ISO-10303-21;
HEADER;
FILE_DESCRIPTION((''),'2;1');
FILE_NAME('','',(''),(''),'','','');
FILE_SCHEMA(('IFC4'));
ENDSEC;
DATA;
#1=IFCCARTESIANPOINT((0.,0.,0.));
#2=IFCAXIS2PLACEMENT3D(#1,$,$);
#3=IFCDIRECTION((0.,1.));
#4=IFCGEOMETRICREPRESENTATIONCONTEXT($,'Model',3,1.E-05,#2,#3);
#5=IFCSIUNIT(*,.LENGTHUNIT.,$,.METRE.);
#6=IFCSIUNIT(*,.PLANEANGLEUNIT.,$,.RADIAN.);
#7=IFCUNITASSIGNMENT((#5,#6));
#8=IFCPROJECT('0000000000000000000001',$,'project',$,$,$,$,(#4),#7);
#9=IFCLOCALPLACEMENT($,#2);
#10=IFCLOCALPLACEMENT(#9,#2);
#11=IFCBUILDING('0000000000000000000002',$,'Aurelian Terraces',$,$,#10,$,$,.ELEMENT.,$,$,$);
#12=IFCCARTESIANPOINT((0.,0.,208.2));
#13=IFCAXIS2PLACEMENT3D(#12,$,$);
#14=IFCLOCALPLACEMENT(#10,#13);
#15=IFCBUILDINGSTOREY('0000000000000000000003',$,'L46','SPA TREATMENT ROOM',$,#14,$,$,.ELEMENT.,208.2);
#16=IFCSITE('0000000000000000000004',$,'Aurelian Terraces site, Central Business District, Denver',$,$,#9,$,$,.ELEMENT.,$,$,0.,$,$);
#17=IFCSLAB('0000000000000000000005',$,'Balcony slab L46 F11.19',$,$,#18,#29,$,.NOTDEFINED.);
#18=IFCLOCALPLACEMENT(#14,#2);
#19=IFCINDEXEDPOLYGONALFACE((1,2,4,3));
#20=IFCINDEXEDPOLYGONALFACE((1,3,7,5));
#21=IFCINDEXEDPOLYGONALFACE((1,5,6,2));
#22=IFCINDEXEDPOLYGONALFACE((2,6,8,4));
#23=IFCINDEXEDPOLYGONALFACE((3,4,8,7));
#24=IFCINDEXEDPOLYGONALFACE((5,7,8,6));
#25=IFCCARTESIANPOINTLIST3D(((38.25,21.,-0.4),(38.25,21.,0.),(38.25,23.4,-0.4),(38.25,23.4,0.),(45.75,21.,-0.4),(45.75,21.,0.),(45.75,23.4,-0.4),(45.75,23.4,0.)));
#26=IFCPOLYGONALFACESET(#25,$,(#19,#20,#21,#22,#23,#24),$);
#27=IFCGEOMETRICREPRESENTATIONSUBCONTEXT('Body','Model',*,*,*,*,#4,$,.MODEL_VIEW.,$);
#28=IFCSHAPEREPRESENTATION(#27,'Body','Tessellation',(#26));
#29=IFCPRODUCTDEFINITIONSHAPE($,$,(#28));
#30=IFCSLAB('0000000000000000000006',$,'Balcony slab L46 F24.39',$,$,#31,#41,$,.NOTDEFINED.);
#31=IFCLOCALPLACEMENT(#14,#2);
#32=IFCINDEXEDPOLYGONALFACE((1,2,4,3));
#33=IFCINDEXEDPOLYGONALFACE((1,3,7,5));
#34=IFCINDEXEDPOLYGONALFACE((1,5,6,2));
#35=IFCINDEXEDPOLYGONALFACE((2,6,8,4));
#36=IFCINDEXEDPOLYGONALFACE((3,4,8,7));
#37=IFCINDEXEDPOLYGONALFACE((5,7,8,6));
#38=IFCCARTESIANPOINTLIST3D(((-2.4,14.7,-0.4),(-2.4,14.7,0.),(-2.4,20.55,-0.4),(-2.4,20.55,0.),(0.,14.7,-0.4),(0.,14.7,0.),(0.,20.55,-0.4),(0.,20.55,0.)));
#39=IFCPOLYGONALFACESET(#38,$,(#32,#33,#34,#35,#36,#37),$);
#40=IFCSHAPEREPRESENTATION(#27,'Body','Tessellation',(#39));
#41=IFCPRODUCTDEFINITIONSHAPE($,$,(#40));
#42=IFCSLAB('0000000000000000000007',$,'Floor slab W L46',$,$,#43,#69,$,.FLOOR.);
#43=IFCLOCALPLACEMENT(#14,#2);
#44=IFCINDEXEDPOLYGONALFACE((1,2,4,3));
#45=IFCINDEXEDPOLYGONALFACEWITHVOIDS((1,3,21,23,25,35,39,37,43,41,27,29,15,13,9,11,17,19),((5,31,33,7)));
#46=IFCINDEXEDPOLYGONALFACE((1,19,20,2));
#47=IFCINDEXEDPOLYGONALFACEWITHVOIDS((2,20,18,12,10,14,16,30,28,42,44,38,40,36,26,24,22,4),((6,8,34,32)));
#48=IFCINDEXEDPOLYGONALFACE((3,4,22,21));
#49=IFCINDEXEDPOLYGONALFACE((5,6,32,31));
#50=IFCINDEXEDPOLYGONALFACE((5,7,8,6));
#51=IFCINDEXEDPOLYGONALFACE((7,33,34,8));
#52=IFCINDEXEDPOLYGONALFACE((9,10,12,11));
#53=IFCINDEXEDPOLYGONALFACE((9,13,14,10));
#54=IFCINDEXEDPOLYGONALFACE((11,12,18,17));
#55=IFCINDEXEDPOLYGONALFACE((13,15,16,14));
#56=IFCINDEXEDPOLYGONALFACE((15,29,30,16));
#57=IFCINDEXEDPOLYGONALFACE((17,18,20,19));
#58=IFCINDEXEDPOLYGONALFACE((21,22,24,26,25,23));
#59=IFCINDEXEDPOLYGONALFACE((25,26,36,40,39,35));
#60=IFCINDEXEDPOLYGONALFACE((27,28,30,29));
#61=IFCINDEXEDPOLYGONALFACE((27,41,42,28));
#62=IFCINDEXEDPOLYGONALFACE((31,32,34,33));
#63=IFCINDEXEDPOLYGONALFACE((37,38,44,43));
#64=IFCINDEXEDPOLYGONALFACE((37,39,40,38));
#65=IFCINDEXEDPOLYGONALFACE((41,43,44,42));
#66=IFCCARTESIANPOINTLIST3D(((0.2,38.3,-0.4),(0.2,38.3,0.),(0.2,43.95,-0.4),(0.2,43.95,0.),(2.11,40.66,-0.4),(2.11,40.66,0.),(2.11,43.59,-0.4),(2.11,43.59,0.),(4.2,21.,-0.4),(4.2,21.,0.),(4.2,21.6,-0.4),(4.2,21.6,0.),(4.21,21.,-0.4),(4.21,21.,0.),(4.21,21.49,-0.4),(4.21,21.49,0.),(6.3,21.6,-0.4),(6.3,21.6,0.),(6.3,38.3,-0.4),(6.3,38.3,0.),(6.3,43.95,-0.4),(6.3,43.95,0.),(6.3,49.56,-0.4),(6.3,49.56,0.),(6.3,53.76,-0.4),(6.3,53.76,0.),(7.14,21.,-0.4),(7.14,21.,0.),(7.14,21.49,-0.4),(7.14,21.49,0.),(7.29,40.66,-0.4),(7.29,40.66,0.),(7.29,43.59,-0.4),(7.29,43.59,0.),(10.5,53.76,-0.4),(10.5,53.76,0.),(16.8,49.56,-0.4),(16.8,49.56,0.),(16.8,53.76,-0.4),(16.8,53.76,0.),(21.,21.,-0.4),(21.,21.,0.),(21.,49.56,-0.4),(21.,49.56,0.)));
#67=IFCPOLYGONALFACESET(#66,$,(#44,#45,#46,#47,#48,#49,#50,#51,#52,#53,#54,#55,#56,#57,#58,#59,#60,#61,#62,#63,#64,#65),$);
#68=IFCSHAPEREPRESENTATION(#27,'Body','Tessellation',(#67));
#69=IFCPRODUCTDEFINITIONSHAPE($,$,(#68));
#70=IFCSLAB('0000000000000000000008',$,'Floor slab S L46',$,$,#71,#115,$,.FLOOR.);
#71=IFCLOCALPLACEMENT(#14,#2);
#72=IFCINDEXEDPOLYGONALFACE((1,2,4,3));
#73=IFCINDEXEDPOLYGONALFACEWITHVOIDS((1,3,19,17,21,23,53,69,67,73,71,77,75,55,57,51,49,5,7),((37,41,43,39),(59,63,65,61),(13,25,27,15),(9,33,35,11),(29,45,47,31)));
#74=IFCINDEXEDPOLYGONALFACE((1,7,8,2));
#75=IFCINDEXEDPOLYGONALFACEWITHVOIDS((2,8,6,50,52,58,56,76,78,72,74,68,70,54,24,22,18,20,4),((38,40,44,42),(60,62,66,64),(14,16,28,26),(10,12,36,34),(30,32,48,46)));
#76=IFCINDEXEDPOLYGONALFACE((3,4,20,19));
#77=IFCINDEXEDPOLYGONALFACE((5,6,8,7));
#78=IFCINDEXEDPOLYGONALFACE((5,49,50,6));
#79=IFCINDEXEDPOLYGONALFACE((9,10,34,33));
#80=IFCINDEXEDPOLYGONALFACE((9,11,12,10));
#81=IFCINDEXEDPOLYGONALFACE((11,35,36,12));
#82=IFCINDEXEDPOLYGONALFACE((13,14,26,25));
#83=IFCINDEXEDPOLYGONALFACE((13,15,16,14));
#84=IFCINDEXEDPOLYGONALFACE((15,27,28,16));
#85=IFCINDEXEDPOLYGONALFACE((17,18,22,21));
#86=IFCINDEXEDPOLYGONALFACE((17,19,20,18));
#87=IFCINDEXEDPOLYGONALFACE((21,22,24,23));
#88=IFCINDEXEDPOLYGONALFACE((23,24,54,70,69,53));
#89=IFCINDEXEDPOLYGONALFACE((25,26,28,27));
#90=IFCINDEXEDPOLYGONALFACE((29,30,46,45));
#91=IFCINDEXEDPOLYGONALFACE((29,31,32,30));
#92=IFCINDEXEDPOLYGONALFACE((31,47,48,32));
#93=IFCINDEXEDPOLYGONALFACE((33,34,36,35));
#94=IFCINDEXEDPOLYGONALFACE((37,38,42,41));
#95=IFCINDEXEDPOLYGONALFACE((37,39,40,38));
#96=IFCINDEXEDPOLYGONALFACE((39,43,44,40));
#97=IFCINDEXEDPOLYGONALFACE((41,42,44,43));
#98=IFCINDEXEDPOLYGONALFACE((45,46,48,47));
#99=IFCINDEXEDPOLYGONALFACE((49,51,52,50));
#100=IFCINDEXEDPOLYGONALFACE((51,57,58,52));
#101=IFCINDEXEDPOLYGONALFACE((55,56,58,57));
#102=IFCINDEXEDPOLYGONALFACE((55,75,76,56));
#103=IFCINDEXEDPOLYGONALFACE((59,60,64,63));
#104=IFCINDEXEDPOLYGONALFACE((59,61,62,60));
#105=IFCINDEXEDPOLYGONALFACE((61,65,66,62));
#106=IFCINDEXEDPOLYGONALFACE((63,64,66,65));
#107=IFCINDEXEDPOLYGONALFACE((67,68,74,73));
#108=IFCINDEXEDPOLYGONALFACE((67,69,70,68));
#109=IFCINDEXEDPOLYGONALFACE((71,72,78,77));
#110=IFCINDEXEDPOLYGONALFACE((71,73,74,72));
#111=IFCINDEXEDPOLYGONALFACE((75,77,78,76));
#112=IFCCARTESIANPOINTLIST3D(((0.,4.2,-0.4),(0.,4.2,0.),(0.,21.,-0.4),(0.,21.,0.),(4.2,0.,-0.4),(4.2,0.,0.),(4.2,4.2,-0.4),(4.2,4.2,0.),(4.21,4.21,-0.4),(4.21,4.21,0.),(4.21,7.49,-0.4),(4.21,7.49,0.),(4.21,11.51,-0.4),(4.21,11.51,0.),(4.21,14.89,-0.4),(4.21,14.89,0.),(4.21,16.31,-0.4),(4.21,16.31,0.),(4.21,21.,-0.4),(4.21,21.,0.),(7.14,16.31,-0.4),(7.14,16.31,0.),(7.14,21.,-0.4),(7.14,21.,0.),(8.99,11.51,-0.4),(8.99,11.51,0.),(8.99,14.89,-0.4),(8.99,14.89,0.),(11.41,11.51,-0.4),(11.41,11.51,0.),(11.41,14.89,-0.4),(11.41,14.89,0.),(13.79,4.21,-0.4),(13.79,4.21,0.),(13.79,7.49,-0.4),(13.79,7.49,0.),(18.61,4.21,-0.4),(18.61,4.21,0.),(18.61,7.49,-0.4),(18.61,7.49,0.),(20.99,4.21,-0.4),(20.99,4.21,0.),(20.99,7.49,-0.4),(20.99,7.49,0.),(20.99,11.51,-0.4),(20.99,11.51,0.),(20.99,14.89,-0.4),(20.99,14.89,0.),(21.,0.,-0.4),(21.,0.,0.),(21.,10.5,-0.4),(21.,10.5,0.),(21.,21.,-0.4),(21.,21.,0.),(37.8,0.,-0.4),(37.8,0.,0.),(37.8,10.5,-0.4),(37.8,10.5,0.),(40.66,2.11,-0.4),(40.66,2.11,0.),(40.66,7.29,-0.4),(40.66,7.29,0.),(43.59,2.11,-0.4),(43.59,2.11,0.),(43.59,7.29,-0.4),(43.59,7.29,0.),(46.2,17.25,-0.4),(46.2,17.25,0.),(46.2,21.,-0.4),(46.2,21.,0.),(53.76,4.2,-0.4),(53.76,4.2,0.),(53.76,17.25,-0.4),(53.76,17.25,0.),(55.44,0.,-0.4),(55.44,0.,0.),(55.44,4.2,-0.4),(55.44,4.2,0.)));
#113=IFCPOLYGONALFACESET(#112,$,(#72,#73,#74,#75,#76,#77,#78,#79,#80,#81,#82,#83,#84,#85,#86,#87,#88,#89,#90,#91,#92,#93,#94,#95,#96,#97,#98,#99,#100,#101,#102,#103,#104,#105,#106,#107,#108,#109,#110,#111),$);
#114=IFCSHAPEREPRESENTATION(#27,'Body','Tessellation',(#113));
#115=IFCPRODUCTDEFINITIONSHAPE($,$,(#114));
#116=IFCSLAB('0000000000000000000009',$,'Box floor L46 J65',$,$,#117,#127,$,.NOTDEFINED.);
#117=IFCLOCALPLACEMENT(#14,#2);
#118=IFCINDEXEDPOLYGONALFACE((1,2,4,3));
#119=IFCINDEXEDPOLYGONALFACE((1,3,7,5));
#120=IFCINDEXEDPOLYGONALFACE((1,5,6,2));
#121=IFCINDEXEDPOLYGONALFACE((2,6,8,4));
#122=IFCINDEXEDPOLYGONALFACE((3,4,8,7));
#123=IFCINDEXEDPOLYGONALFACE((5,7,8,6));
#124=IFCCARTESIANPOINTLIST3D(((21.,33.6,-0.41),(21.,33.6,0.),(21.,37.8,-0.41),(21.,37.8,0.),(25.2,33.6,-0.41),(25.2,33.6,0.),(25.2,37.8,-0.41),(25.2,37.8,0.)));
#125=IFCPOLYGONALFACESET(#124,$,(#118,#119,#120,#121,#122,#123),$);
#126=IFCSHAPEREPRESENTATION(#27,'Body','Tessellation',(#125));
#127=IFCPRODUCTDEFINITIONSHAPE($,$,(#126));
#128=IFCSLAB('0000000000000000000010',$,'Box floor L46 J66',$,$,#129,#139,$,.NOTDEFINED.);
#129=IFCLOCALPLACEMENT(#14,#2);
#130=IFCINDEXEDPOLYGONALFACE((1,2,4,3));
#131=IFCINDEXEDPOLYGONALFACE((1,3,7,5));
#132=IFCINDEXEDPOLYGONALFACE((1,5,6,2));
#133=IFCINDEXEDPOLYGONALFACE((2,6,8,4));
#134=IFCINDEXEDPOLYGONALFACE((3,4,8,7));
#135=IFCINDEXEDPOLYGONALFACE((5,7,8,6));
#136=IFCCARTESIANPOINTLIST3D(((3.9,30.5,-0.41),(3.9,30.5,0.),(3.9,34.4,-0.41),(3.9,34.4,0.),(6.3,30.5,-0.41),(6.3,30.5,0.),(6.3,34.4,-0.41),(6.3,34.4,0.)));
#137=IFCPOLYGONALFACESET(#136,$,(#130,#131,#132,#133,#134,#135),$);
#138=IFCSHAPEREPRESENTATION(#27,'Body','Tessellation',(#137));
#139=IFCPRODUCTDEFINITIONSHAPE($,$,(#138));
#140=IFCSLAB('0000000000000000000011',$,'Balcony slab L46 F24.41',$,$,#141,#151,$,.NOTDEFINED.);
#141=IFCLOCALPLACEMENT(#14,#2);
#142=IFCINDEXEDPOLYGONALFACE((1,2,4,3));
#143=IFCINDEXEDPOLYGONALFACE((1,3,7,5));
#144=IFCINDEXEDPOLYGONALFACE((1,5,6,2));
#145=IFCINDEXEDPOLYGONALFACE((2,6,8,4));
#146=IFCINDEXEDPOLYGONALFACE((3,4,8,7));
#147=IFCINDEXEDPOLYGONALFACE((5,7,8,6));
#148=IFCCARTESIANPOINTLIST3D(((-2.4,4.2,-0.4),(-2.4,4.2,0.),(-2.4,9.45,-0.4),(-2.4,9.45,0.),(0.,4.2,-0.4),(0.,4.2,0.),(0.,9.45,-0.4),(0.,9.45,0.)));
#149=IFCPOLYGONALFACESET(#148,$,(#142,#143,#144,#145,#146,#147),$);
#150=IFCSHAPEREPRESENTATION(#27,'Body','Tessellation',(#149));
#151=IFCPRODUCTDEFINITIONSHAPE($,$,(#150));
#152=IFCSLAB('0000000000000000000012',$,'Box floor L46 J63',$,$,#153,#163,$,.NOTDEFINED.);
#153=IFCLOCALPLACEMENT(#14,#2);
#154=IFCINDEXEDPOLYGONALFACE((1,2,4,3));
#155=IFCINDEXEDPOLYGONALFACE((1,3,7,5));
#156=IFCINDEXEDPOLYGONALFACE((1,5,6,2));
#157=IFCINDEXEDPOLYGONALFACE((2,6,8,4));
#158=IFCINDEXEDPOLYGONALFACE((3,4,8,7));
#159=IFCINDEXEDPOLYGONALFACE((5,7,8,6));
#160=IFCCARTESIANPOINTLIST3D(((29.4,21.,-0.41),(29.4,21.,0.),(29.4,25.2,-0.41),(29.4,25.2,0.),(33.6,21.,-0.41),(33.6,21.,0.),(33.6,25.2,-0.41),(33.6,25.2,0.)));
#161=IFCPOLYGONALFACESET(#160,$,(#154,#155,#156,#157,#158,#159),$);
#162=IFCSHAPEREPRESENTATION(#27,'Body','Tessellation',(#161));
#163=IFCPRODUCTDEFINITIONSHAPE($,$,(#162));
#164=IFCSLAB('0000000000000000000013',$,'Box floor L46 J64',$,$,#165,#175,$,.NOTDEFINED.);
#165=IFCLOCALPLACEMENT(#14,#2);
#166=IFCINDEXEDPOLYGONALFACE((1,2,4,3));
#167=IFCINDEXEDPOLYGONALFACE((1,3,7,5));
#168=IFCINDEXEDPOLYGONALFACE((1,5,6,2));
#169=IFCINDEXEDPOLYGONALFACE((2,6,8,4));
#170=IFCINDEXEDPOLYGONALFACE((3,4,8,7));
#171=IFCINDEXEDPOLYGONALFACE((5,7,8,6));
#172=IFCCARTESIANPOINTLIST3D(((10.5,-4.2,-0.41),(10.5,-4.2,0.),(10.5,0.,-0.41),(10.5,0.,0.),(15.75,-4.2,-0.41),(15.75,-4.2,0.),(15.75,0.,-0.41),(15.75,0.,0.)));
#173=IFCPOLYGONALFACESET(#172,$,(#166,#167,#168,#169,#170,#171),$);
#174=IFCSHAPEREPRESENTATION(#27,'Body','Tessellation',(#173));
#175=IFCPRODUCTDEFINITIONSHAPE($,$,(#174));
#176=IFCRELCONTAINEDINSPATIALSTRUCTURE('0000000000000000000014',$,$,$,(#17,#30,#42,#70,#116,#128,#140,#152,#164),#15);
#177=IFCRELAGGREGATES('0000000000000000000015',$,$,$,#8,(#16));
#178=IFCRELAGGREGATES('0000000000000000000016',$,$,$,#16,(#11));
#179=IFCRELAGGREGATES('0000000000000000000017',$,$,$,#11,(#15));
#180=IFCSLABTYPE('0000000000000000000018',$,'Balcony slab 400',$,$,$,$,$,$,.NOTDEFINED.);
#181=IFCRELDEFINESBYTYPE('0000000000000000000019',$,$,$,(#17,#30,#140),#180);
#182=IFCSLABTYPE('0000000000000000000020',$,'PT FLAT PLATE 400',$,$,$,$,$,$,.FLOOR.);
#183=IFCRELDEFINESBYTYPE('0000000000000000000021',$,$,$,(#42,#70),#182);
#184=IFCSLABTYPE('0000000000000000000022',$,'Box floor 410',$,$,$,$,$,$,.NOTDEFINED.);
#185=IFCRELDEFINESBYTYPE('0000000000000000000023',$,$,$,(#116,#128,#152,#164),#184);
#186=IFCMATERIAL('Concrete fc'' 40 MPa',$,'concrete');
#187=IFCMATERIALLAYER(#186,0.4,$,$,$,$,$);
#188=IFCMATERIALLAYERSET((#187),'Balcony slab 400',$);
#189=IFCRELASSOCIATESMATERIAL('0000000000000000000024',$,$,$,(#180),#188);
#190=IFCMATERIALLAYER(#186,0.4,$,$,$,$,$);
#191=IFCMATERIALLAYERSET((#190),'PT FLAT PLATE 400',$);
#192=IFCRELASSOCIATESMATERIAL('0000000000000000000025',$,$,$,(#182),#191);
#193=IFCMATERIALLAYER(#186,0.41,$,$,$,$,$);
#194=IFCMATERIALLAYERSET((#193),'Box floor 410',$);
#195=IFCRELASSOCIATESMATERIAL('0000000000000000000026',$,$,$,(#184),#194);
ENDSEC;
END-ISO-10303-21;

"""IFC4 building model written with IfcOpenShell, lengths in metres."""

from ifc_helpers import new_model, si_unit, direction, frame, origin, place, context, subcontext, project, spatial, polyline, outline, extrude, source, transform, mapped, material, layer, layer_set, type_object, element, save


model = new_model("IFC4")

# Units and contexts
model_context = context("Model", 3, precision=1e-05, world=origin(), true_north=direction((0.0, 1.0)))
body_context = subcontext(model_context, "Body", "Model", "MODEL_VIEW")
ifc_project = project(units=[si_unit("LENGTHUNIT", "METRE"), si_unit("PLANEANGLEUNIT", "RADIAN")], contexts=[model_context])

# Site, building, storey
site_placement = place(None, origin())
site = spatial("IfcSite", under=ifc_project, at=site_placement, Name="Aurelian Terraces site, Central Business District, Denver", CompositionType="ELEMENT", RefElevation=0.0)
building_placement = place(site_placement, origin())
building = spatial("IfcBuilding", under=site, at=building_placement, Name="Aurelian Terraces", CompositionType="ELEMENT")
storey_placement = place(building_placement, frame((0.0, 0.0, 208.2)))
storey = spatial("IfcBuildingStorey", under=building, at=storey_placement, Name="L46", Description="SPA TREATMENT ROOM", CompositionType="ELEMENT", Elevation=208.2)

# Slabs
ifc_material = material(Name="Concrete fc' 40 MPa", Category="concrete")
ifc_layer_1 = layer(ifc_material, 0.4)
ifc_layer_set_1 = layer_set([ifc_layer_1], Name="Balcony slab 400")
slab_type_1 = type_object("IfcSlabType", Name="Balcony slab 400", PredefinedType="NOTDEFINED", material=ifc_layer_set_1)
slab_1_placement = place(storey_placement, frame((0.0, 0.0, -0.4)))
element("IfcSlab", 1, at=slab_1_placement, inside=storey, type_object=slab_type_1, Name="Balcony slab L46 F11.19", PredefinedType="NOTDEFINED", context=body_context, shape_type="SweptSolid", body=[
    extrude(outline(polyline([(45.75, 21.0), (38.25, 21.0), (38.25, 23.4), (45.75, 23.4), (45.75, 21.0)])), origin(), (0.0, 0.0, 1.0), 0.4),
])
slab_2_placement = place(storey_placement, frame((0.0, 0.0, -0.4)))
element("IfcSlab", 2, at=slab_2_placement, inside=storey, type_object=slab_type_1, Name="Balcony slab L46 F24.39", PredefinedType="NOTDEFINED", context=body_context, shape_type="SweptSolid", body=[
    extrude(outline(polyline([(0.0, 20.55), (0.0, 14.7), (-2.4, 14.7), (-2.4, 20.55), (0.0, 20.55)])), origin(), (0.0, 0.0, 1.0), 0.4),
])
ifc_layer_2 = layer(ifc_material, 0.4)
ifc_layer_set_2 = layer_set([ifc_layer_2], Name="PT FLAT PLATE 400")
slab_type_2 = type_object("IfcSlabType", Name="PT FLAT PLATE 400", PredefinedType="FLOOR", material=ifc_layer_set_2)
shared_shape_1 = source(origin(), body_context, "Body", "SweptSolid", [
    extrude(outline(polyline([(6.3, 43.95), (6.3, 49.56), (6.3, 53.76), (10.5, 53.76), (16.8, 53.76), (16.8, 49.56), (21.0, 49.56), (21.0, 21.0), (7.14, 21.0), (7.14, 21.49), (4.21, 21.49), (4.21, 21.0), (4.2, 21.0), (4.2, 21.6), (6.3, 21.6), (6.3, 38.3), (0.2, 38.3), (0.2, 43.95), (6.3, 43.95)]), holes=[polyline([(7.29, 43.59), (2.11, 43.59), (2.11, 40.66), (7.29, 40.66), (7.29, 43.59)])]), origin(), (0.0, 0.0, 1.0), 0.4),
])
slab_3_placement = place(storey_placement, frame((0.0, 0.0, -0.4)))
element("IfcSlab", 3, at=slab_3_placement, inside=storey, type_object=slab_type_2, Name="Floor slab W L46", PredefinedType="FLOOR", context=body_context, shape_type="MappedRepresentation", body=[
    mapped(shared_shape_1, transform((0.0, 0.0, 0.0), scale=1.0)),
])
shared_shape_2 = source(origin(), body_context, "Body", "SweptSolid", [
    extrude(outline(polyline([(37.8, 10.5), (21.0, 10.5), (21.0, 0.0), (4.2, 0.0), (4.2, 4.2), (0.0, 4.2), (0.0, 21.0), (4.21, 21.0), (4.21, 16.31), (7.14, 16.31), (7.14, 21.0), (21.0, 21.0), (46.2, 21.0), (46.2, 17.25), (53.76, 17.25), (53.76, 4.2), (55.44, 4.2), (55.44, 0.0), (37.8, 0.0), (37.8, 10.5)]), holes=[polyline([(40.66, 2.11), (43.59, 2.11), (43.59, 7.29), (40.66, 7.29), (40.66, 2.11)]), polyline([(18.61, 7.49), (18.61, 4.21), (20.99, 4.21), (20.99, 7.49), (18.61, 7.49)]), polyline([(20.99, 14.89), (11.41, 14.89), (11.41, 11.51), (20.99, 11.51), (20.99, 14.89)]), polyline([(4.21, 7.49), (4.21, 4.21), (13.79, 4.21), (13.79, 7.49), (4.21, 7.49)]), polyline([(4.21, 14.89), (4.21, 11.51), (8.99, 11.51), (8.99, 14.89), (4.21, 14.89)])]), origin(), (0.0, 0.0, 1.0), 0.4),
])
slab_4_placement = place(storey_placement, frame((0.0, 0.0, -0.4)))
element("IfcSlab", 4, at=slab_4_placement, inside=storey, type_object=slab_type_2, Name="Floor slab S L46", PredefinedType="FLOOR", context=body_context, shape_type="MappedRepresentation", body=[
    mapped(shared_shape_2, transform((0.0, 0.0, 0.0), scale=1.0)),
])
ifc_layer_3 = layer(ifc_material, 0.41)
ifc_layer_set_3 = layer_set([ifc_layer_3], Name="Box floor 410")
slab_type_3 = type_object("IfcSlabType", Name="Box floor 410", PredefinedType="NOTDEFINED", material=ifc_layer_set_3)
shared_shape_3 = source(origin(), body_context, "Body", "SweptSolid", [
    extrude(outline(polyline([(25.2, 33.6), (25.2, 37.8), (21.0, 37.8), (21.0, 33.6), (25.2, 33.6)])), origin(), (0.0, 0.0, 1.0), 0.41),
])
slab_5_placement = place(storey_placement, frame((0.0, 0.0, -0.41)))
element("IfcSlab", 5, at=slab_5_placement, inside=storey, type_object=slab_type_3, Name="Box floor L46 J65", PredefinedType="NOTDEFINED", context=body_context, shape_type="MappedRepresentation", body=[
    mapped(shared_shape_3, transform((0.0, 0.0, 0.0), scale=1.0)),
])
shared_shape_4 = source(origin(), body_context, "Body", "SweptSolid", [
    extrude(outline(polyline([(3.9, 34.4), (3.9, 30.5), (6.3, 30.5), (6.3, 34.4), (3.9, 34.4)])), origin(), (0.0, 0.0, 1.0), 0.41),
])
slab_6_placement = place(storey_placement, frame((0.0, 0.0, -0.41)))
element("IfcSlab", 6, at=slab_6_placement, inside=storey, type_object=slab_type_3, Name="Box floor L46 J66", PredefinedType="NOTDEFINED", context=body_context, shape_type="MappedRepresentation", body=[
    mapped(shared_shape_4, transform((0.0, 0.0, 0.0), scale=1.0)),
])
shared_shape_5 = source(origin(), body_context, "Body", "SweptSolid", [
    extrude(outline(polyline([(0.0, 9.45), (0.0, 4.2), (-2.4, 4.2), (-2.4, 9.45), (0.0, 9.45)])), origin(), (0.0, 0.0, 1.0), 0.4),
])
slab_7_placement = place(storey_placement, frame((0.0, 0.0, -0.4)))
element("IfcSlab", 7, at=slab_7_placement, inside=storey, type_object=slab_type_1, Name="Balcony slab L46 F24.41", PredefinedType="NOTDEFINED", context=body_context, shape_type="MappedRepresentation", body=[
    mapped(shared_shape_5, transform((0.0, 0.0, 0.0), scale=1.0)),
])
shared_shape_6 = source(origin(), body_context, "Body", "SweptSolid", [
    extrude(outline(polyline([(33.6, 25.2), (29.4, 25.2), (29.4, 21.0), (33.6, 21.0), (33.6, 25.2)])), origin(), (0.0, 0.0, 1.0), 0.41),
])
slab_8_placement = place(storey_placement, frame((0.0, 0.0, -0.41)))
element("IfcSlab", 8, at=slab_8_placement, inside=storey, type_object=slab_type_3, Name="Box floor L46 J63", PredefinedType="NOTDEFINED", context=body_context, shape_type="MappedRepresentation", body=[
    mapped(shared_shape_6, transform((0.0, 0.0, 0.0), scale=1.0)),
])
shared_shape_7 = source(origin(), body_context, "Body", "SweptSolid", [
    extrude(outline(polyline([(10.5, -4.2), (15.75, -4.2), (15.75, 0.0), (10.5, 0.0), (10.5, -4.2)])), origin(), (0.0, 0.0, 1.0), 0.41),
])
slab_9_placement = place(storey_placement, frame((0.0, 0.0, -0.41)))
element("IfcSlab", 9, at=slab_9_placement, inside=storey, type_object=slab_type_3, Name="Box floor L46 J64", PredefinedType="NOTDEFINED", context=body_context, shape_type="MappedRepresentation", body=[
    mapped(shared_shape_7, transform((0.0, 0.0, 0.0), scale=1.0)),
])

save(model, "model.ifc")
